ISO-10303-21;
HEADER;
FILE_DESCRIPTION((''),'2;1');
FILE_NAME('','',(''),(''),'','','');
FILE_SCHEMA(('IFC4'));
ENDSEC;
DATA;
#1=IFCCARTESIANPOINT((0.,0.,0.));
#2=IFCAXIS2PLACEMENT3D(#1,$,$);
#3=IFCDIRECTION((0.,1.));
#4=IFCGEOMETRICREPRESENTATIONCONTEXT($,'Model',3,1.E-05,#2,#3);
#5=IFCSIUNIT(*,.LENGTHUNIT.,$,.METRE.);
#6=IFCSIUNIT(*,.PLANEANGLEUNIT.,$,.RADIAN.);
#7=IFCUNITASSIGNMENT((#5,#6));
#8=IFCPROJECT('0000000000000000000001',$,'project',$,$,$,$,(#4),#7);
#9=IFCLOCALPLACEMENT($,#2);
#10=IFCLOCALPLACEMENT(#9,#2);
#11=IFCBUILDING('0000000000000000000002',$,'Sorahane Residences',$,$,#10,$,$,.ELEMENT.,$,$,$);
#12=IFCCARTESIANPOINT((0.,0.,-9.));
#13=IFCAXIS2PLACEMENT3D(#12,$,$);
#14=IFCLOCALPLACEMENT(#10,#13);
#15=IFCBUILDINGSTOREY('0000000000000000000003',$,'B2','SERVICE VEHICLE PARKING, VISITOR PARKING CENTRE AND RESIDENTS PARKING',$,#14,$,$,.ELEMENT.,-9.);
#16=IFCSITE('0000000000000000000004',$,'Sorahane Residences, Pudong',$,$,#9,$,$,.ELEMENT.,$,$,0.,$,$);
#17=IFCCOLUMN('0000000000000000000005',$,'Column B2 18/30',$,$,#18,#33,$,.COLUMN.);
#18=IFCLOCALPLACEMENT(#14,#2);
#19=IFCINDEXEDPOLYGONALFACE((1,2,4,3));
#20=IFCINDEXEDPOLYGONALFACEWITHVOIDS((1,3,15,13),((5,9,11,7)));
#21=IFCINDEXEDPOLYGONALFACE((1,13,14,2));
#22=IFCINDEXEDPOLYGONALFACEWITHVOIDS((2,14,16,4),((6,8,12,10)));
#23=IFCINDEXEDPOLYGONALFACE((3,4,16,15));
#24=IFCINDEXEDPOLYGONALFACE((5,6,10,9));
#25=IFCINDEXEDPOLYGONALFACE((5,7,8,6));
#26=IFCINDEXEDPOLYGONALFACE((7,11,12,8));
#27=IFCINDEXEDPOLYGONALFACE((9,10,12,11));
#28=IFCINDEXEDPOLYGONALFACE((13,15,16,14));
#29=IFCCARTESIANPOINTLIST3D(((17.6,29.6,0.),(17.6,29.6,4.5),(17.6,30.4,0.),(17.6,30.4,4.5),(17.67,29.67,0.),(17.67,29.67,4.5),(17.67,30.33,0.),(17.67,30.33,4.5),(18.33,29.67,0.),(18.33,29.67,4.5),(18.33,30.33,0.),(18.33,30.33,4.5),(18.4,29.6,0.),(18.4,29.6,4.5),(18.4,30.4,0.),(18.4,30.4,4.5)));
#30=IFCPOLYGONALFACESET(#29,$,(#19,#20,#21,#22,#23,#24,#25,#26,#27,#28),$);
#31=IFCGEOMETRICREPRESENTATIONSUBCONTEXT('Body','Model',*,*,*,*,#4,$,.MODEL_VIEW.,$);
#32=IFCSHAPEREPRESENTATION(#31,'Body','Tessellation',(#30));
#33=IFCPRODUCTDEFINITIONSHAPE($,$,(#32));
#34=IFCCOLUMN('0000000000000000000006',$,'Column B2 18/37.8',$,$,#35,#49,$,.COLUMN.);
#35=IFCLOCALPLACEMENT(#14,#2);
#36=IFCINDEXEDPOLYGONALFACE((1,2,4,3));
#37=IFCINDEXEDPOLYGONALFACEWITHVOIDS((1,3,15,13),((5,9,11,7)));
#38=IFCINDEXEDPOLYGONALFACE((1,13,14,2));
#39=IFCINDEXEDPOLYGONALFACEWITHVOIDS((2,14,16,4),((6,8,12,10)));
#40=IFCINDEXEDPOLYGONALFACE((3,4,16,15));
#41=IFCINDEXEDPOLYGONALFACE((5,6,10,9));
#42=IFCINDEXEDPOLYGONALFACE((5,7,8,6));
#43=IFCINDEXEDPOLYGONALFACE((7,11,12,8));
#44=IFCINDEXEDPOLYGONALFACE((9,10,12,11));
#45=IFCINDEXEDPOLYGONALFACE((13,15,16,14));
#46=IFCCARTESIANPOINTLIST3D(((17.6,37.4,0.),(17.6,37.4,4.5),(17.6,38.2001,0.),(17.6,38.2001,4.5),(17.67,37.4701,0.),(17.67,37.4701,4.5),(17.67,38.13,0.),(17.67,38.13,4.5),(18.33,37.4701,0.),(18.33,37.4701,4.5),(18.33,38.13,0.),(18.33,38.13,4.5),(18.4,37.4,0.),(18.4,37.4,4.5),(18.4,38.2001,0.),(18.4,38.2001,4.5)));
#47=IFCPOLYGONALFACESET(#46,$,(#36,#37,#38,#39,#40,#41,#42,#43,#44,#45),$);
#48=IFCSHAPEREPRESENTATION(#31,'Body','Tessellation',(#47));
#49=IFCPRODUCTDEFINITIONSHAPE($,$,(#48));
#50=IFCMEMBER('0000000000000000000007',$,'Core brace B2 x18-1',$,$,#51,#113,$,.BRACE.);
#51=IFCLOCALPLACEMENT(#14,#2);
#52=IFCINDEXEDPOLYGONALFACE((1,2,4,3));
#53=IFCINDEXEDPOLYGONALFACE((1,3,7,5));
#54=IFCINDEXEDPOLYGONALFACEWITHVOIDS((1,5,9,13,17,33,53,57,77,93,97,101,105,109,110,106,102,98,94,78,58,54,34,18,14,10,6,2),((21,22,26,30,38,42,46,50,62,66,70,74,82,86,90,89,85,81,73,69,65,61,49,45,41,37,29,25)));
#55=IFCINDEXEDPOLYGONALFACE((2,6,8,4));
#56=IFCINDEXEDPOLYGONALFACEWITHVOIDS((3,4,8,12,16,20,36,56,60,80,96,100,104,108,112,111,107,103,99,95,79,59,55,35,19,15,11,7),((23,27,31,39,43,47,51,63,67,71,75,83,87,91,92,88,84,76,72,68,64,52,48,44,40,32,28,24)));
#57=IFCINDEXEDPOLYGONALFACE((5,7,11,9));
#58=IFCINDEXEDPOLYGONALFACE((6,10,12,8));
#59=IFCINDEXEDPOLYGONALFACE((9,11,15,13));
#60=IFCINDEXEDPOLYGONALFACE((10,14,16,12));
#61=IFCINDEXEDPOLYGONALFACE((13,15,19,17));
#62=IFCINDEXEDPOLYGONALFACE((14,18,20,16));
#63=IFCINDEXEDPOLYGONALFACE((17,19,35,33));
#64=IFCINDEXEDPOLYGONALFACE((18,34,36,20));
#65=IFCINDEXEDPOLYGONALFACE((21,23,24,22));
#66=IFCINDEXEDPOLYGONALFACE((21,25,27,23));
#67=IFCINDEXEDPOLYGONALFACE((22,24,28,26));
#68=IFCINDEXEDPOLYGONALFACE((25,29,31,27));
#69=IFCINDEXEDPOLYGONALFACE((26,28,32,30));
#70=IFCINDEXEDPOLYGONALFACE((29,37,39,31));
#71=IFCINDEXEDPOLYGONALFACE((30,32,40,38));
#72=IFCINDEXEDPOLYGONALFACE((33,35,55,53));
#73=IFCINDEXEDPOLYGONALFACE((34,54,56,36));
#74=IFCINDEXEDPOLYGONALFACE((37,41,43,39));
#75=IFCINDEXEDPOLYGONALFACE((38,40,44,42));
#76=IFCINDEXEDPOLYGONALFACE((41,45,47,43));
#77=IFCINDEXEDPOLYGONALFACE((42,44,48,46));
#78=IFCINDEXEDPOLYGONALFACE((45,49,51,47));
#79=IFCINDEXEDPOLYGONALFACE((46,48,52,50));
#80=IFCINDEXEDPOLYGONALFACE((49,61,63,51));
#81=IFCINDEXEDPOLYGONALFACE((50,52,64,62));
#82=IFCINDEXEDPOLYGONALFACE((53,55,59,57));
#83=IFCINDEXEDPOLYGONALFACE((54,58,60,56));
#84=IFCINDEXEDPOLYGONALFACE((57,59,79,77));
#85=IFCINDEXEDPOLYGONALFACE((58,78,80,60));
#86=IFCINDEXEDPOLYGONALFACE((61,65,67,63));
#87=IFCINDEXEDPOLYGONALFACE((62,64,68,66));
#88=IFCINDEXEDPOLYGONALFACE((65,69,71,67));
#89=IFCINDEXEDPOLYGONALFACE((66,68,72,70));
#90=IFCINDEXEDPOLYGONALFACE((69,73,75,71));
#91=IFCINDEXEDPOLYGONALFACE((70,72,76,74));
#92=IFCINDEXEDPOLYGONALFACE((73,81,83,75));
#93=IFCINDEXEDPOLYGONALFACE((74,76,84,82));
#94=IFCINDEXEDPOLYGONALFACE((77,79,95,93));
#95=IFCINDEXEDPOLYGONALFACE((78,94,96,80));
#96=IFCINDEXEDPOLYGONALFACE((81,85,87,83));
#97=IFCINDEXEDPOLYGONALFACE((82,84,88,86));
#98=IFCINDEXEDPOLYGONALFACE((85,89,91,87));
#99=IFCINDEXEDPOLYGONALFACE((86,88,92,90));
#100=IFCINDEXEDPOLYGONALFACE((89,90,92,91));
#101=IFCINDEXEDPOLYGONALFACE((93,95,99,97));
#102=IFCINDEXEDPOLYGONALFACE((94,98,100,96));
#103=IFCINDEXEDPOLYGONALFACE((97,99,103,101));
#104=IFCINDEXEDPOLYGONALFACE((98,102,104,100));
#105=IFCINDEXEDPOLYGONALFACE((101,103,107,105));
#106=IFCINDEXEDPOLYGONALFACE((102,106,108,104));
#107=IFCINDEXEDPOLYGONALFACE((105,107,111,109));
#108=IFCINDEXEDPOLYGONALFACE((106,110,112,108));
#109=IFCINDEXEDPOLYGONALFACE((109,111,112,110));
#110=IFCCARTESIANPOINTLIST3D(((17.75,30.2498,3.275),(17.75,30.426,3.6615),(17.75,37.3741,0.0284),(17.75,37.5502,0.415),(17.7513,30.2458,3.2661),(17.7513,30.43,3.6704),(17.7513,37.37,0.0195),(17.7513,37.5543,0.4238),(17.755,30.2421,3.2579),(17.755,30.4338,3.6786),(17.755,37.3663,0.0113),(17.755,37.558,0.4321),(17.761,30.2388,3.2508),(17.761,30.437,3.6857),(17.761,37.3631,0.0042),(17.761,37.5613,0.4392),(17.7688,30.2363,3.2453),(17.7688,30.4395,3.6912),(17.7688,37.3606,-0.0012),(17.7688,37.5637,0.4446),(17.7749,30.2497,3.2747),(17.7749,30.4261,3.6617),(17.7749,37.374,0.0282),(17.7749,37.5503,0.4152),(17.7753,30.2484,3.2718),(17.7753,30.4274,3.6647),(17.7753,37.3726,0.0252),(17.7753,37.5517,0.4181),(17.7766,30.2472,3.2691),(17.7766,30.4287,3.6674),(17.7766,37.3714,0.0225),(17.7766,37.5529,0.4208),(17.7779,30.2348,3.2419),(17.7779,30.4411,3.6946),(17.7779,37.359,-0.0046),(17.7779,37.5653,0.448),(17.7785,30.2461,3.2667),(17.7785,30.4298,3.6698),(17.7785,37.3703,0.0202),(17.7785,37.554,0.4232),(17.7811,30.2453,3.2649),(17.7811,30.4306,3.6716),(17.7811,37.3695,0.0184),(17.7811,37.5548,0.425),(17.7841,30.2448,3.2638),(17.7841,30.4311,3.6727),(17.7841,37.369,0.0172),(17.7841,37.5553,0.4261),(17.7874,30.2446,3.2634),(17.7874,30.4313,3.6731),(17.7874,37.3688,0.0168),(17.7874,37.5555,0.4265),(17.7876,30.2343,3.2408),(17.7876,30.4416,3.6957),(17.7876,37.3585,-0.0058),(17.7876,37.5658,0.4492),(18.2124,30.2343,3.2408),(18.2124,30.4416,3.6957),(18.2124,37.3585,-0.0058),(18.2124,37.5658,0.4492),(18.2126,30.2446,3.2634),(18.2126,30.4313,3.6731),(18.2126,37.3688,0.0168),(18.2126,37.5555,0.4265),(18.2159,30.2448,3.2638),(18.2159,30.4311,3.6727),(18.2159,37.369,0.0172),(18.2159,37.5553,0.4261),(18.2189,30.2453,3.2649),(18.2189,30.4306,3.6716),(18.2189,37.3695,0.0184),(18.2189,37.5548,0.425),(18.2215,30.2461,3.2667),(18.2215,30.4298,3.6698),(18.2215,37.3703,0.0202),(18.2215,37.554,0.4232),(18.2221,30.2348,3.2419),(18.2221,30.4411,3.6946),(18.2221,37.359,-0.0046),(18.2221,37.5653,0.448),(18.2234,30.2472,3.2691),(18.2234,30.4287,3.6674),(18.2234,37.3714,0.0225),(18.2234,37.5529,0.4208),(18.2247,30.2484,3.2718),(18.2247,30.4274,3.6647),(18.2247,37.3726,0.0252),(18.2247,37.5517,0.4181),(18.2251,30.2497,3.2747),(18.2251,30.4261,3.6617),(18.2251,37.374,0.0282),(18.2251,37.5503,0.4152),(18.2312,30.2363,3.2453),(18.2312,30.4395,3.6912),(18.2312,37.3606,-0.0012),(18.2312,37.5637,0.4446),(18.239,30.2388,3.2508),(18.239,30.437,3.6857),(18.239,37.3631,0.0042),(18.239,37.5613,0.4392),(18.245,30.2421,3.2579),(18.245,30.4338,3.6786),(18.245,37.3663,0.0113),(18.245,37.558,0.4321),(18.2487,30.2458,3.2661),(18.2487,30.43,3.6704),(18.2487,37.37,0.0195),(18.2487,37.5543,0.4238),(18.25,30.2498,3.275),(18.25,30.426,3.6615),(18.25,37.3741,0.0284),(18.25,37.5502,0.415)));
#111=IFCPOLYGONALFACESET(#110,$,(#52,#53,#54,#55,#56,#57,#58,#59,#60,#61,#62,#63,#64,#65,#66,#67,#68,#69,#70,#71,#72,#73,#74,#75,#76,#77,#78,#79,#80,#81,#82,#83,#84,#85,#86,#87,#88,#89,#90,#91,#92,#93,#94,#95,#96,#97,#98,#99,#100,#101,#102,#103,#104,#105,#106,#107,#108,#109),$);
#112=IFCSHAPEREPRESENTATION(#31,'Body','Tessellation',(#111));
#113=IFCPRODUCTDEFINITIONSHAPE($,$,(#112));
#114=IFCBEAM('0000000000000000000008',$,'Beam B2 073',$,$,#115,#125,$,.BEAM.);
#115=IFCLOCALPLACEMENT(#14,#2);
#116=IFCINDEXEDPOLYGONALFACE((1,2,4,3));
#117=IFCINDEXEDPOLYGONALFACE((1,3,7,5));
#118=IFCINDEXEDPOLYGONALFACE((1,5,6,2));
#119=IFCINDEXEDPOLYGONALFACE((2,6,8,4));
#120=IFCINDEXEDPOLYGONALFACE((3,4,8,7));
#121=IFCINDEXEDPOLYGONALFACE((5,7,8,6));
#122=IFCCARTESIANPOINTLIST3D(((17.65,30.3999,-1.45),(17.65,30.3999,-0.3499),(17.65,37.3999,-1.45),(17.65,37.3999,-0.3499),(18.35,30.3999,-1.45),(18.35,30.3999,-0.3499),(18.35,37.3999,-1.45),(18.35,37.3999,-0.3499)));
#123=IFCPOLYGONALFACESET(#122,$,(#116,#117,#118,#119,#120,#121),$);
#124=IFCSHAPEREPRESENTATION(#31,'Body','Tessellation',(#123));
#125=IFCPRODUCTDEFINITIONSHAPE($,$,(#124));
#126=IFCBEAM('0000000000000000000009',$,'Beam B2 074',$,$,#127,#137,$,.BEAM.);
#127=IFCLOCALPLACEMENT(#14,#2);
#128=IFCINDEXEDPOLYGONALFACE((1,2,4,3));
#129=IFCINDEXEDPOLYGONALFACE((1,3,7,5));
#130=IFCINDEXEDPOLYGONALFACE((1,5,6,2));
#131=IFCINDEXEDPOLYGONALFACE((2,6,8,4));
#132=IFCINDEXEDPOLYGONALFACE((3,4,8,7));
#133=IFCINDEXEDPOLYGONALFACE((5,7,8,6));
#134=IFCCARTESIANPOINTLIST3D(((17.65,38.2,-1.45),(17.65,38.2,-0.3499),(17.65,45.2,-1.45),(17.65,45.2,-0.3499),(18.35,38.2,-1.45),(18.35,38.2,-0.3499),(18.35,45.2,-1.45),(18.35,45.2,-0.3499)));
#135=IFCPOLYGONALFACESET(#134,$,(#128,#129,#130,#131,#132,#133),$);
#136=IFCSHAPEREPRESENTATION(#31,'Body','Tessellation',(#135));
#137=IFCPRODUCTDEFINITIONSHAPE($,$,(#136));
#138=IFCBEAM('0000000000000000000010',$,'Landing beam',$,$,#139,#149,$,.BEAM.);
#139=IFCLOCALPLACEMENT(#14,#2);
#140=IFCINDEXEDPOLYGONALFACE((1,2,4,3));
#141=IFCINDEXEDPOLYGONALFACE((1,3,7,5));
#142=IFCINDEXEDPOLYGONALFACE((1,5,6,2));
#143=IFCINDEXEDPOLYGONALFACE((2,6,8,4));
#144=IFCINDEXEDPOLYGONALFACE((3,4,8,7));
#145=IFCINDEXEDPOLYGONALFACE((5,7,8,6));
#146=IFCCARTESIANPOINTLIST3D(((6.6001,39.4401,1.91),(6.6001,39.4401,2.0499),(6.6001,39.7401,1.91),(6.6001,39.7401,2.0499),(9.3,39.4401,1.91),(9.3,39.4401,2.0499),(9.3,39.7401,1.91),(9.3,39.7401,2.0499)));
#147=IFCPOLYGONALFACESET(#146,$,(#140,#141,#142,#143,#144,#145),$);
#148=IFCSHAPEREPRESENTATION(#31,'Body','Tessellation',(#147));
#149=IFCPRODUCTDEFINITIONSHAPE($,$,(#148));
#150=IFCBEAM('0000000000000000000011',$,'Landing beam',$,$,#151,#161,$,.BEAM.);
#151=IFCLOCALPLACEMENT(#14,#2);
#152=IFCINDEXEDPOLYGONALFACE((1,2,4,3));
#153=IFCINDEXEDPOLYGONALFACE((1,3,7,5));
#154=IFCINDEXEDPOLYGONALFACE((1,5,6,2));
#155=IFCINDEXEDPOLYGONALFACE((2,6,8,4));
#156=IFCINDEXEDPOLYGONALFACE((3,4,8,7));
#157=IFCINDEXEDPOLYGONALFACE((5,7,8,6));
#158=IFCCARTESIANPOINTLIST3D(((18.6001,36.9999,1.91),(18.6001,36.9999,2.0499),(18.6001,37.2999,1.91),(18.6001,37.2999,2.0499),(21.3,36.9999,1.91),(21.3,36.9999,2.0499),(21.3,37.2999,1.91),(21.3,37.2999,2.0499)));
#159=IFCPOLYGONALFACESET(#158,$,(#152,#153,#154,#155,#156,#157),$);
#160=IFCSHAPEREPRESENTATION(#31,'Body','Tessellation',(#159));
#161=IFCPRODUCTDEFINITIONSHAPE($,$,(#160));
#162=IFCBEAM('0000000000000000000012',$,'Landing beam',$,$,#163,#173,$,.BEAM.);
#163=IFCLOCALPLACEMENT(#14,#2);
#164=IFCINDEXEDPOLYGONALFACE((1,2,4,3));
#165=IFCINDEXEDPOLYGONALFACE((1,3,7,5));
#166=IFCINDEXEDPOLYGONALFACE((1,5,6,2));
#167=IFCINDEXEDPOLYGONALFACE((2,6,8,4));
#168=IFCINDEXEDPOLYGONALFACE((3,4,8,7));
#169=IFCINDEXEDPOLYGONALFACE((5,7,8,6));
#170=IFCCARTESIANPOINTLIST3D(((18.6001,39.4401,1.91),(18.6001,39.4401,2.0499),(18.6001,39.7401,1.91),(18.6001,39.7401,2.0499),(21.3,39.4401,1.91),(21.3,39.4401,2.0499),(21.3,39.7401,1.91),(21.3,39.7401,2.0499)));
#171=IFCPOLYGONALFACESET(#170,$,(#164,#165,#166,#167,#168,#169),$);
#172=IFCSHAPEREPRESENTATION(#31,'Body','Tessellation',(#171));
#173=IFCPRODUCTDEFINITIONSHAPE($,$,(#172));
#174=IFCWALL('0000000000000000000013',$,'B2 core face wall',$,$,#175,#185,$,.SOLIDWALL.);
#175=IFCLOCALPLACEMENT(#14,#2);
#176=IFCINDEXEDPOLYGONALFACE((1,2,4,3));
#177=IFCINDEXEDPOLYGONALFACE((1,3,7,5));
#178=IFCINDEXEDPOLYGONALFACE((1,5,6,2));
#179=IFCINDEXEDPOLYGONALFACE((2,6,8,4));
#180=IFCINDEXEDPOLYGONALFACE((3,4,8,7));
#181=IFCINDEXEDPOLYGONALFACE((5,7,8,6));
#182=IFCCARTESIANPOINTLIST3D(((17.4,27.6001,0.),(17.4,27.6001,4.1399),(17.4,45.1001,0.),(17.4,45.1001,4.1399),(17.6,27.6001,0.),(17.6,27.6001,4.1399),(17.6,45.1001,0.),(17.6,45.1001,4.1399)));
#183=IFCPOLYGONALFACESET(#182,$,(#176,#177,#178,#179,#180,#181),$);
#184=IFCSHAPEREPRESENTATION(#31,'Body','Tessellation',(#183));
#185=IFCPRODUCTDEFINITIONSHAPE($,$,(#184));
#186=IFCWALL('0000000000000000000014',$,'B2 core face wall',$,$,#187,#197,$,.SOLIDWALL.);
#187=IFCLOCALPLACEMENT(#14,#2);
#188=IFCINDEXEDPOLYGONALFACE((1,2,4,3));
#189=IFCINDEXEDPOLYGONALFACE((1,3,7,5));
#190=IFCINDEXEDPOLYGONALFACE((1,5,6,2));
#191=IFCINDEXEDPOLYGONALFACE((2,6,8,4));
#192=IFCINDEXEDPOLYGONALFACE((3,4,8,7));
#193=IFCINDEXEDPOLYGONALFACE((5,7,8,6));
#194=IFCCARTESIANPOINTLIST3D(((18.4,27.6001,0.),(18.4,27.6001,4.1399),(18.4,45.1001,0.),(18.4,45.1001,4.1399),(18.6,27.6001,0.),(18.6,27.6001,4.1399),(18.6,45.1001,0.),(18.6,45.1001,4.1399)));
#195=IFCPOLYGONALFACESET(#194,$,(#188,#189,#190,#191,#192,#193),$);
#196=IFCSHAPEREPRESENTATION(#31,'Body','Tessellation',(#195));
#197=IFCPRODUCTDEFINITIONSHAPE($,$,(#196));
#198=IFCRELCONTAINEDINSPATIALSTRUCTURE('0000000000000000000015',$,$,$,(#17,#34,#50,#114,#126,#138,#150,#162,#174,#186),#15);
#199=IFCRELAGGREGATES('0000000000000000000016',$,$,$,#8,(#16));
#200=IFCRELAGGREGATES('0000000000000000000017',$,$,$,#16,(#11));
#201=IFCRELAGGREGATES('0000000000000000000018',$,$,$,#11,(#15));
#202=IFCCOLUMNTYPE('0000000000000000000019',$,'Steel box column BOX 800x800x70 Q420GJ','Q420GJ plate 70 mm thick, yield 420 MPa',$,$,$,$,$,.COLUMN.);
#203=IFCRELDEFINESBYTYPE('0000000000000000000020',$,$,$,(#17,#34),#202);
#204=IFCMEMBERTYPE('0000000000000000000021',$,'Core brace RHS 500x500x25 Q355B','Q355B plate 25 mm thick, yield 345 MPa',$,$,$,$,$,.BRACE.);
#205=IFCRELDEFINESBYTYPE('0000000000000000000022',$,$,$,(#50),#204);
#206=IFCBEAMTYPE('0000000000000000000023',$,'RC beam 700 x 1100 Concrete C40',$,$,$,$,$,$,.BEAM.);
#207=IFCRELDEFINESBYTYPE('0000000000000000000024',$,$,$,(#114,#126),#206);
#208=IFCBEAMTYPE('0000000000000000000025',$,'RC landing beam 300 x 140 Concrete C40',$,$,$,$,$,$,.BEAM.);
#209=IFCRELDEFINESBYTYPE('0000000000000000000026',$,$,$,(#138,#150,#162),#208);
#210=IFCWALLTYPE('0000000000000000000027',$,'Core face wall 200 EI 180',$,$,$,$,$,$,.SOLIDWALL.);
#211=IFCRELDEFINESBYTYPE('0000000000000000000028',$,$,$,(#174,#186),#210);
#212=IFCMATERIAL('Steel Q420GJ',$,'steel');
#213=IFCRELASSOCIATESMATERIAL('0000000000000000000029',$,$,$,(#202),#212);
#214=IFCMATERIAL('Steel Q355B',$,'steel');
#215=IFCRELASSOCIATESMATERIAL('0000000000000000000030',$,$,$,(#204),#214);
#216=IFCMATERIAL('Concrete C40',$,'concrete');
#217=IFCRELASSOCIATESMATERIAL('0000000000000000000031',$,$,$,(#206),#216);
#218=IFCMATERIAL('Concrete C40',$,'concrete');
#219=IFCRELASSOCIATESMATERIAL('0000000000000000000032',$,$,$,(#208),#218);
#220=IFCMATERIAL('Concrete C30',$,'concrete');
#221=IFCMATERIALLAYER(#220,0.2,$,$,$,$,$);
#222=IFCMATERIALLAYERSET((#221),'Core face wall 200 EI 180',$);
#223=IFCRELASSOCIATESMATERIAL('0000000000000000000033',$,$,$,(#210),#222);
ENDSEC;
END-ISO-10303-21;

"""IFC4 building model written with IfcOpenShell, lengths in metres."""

from ifc_helpers import new_model, si_unit, direction, frame, frame_2d, origin, origin_2d, place, context, subcontext, project, spatial, rectangle, hollow_rectangle, extrude, material, layer, layer_set, material_profile, profile_set, type_object, element, save


model = new_model("IFC4")

# Units and contexts
model_context = context("Model", 3, precision=1e-05, world=origin(), true_north=direction((0.0, 1.0)))
body_context = subcontext(model_context, "Body", "Model", "MODEL_VIEW")
ifc_project = project(units=[si_unit("LENGTHUNIT", "METRE"), si_unit("PLANEANGLEUNIT", "RADIAN")], contexts=[model_context])

# Site, building, storey
site_placement = place(None, origin())
site = spatial("IfcSite", under=ifc_project, at=site_placement, Name="Sorahane Residences, Pudong", CompositionType="ELEMENT", RefElevation=0.0)
building_placement = place(site_placement, origin())
building = spatial("IfcBuilding", under=site, at=building_placement, Name="Sorahane Residences", CompositionType="ELEMENT")
storey_placement = place(building_placement, frame((0.0, 0.0, -9.0)))
storey = spatial("IfcBuildingStorey", under=building, at=storey_placement, Name="B2", Description="SERVICE VEHICLE PARKING, VISITOR PARKING CENTRE AND RESIDENTS PARKING", CompositionType="ELEMENT", Elevation=-9.0)

# Columns
ifc_material_1 = material(Name="Steel Q420GJ", Category="steel")
ifc_material_profile_1 = material_profile(ifc_material_1, hollow_rectangle(XDim=0.8, YDim=0.8, WallThickness=0.0701, at=origin_2d()), Name="BOX 800x800x70")
ifc_profile_set_1 = profile_set([ifc_material_profile_1], Name="Steel Q420GJ")
column_type = type_object("IfcColumnType", Name="Steel box column BOX 800x800x70 Q420GJ", Description="Q420GJ plate 70 mm thick, yield 420 MPa", PredefinedType="COLUMN", material=ifc_profile_set_1)
for number, where, z_axis, x_axis, name in (
    (1, (18.0, 30.0, 0.0), (0.0, 0.0, 1.0), (1.0, 0.0, 0.0), "Column B2 18/30"),
    (2, (18.0, 37.8, 0.0), (0.0, 0.0, 1.0), (1.0, 0.0, 0.0), "Column B2 18/37.8"),
):
    element("IfcColumn", number, at=place(storey_placement, frame(where, z_axis=z_axis, x_axis=x_axis)), inside=storey, type_object=column_type, Name=name, PredefinedType="COLUMN", context=body_context, shape_type="SweptSolid", body=[
        extrude(hollow_rectangle(XDim=0.8, YDim=0.8, WallThickness=0.0701, at=origin_2d()), origin(), (0.0, 0.0, 1.0), 4.5),
    ])

# Member
ifc_material_2 = material(Name="Steel Q355B", Category="steel")
ifc_material_profile_2 = material_profile(ifc_material_2, hollow_rectangle(XDim=0.5, YDim=0.5, WallThickness=0.0249, InnerFilletRadius=0.0125, OuterFilletRadius=0.0376, at=origin_2d()), Name="RHS 500x500x25")
ifc_profile_set_2 = profile_set([ifc_material_profile_2], Name="Steel Q355B")
member_type = type_object("IfcMemberType", Name="Core brace RHS 500x500x25 Q355B", Description="Q355B plate 25 mm thick, yield 345 MPa", PredefinedType="BRACE", material=ifc_profile_set_2)
member_placement = place(storey_placement, frame((18.0, 37.4622, 0.2217), z_axis=(0.0, -0.909968, 0.414679), x_axis=(1.0, 0.0, 0.0)))
element("IfcMember", 3, at=member_placement, inside=storey, type_object=member_type, Name="Core brace B2 x18-1", PredefinedType="BRACE", context=body_context, shape_type="SweptSolid", body=[
    extrude(hollow_rectangle(XDim=0.5, YDim=0.5, WallThickness=0.0249, InnerFilletRadius=0.0125, OuterFilletRadius=0.0376, at=origin_2d()), origin(), (0.0, 0.0, 1.0), 7.8291),
])

# Beams
ifc_material_3 = material(Name="Concrete C40", Category="concrete")
ifc_material_profile_3 = material_profile(ifc_material_3, rectangle(XDim=0.7, YDim=1.1001, at=origin_2d()), Name="700x1100")
ifc_profile_set_3 = profile_set([ifc_material_profile_3], Name="Concrete C40")
beam_type_1 = type_object("IfcBeamType", Name="RC beam 700 x 1100 Concrete C40", PredefinedType="BEAM", material=ifc_profile_set_3)
for number, where, z_axis, x_axis, name in (
    (4, (18.0, 30.3999, -0.8999), (0.0, 1.0, 0.0), (-1.0, 0.0, 0.0), "Beam B2 073"),
    (5, (18.0, 38.2, -0.8999), (0.0, 1.0, 0.0), (-1.0, 0.0, 0.0), "Beam B2 074"),
):
    element("IfcBeam", number, at=place(storey_placement, frame(where, z_axis=z_axis, x_axis=x_axis)), inside=storey, type_object=beam_type_1, Name=name, PredefinedType="BEAM", context=body_context, shape_type="SweptSolid", body=[
        extrude(rectangle(XDim=0.7, YDim=1.1001, at=origin_2d()), origin(), (0.0, 0.0, 1.0), 7.0),
    ])
ifc_material_4 = material(Name="Concrete C40", Category="concrete")
ifc_material_profile_4 = material_profile(ifc_material_4, rectangle(XDim=0.3, YDim=0.1399, at=origin_2d()), Name="300x140")
ifc_profile_set_4 = profile_set([ifc_material_profile_4], Name="Concrete C40")
beam_type_2 = type_object("IfcBeamType", Name="RC landing beam 300 x 140 Concrete C40", PredefinedType="BEAM", material=ifc_profile_set_4)
for number, where, z_axis, x_axis, name in (
    (6, (6.6001, 39.5901, 1.98), (1.0, 0.0, 0.0), (0.0, 1.0, 0.0), "Landing beam"),
    (7, (18.6001, 37.1499, 1.98), (1.0, 0.0, 0.0), (0.0, 1.0, 0.0), "Landing beam"),
    (8, (18.6001, 39.5901, 1.98), (1.0, 0.0, 0.0), (0.0, 1.0, 0.0), "Landing beam"),
):
    element("IfcBeam", number, at=place(storey_placement, frame(where, z_axis=z_axis, x_axis=x_axis)), inside=storey, type_object=beam_type_2, Name=name, PredefinedType="BEAM", context=body_context, shape_type="SweptSolid", body=[
        extrude(rectangle(XDim=0.3, YDim=0.1399, at=origin_2d()), origin(), (0.0, 0.0, 1.0), 2.7),
    ])

# Walls
ifc_material_5 = material(Name="Concrete C30", Category="concrete")
ifc_layer_1 = layer(ifc_material_5, 0.2)
ifc_layer_set_1 = layer_set([ifc_layer_1], Name="Core face wall 200 EI 180")
wall_type_1 = type_object("IfcWallType", Name="Core face wall 200 EI 180", PredefinedType="SOLIDWALL", material=ifc_layer_set_1)
for number, where, z_axis, x_axis, name in (
    (9, (17.5, 27.6001, 0.0), (0.0, 0.0, 1.0), (0.0, 1.0, 0.0), "B2 core face wall"),
    (10, (18.5, 27.6001, 0.0), (0.0, 0.0, 1.0), (0.0, 1.0, 0.0), "B2 core face wall"),
):
    element("IfcWall", number, at=place(storey_placement, frame(where, z_axis=z_axis, x_axis=x_axis)), inside=storey, type_object=wall_type_1, Name=name, PredefinedType="SOLIDWALL", context=body_context, shape_type="SweptSolid", body=[
        extrude(rectangle(XDim=17.5, YDim=0.2, at=frame_2d((8.75, 0.0))), origin(), (0.0, 0.0, 1.0), 4.1399),
    ])

save(model, "model.ifc")
